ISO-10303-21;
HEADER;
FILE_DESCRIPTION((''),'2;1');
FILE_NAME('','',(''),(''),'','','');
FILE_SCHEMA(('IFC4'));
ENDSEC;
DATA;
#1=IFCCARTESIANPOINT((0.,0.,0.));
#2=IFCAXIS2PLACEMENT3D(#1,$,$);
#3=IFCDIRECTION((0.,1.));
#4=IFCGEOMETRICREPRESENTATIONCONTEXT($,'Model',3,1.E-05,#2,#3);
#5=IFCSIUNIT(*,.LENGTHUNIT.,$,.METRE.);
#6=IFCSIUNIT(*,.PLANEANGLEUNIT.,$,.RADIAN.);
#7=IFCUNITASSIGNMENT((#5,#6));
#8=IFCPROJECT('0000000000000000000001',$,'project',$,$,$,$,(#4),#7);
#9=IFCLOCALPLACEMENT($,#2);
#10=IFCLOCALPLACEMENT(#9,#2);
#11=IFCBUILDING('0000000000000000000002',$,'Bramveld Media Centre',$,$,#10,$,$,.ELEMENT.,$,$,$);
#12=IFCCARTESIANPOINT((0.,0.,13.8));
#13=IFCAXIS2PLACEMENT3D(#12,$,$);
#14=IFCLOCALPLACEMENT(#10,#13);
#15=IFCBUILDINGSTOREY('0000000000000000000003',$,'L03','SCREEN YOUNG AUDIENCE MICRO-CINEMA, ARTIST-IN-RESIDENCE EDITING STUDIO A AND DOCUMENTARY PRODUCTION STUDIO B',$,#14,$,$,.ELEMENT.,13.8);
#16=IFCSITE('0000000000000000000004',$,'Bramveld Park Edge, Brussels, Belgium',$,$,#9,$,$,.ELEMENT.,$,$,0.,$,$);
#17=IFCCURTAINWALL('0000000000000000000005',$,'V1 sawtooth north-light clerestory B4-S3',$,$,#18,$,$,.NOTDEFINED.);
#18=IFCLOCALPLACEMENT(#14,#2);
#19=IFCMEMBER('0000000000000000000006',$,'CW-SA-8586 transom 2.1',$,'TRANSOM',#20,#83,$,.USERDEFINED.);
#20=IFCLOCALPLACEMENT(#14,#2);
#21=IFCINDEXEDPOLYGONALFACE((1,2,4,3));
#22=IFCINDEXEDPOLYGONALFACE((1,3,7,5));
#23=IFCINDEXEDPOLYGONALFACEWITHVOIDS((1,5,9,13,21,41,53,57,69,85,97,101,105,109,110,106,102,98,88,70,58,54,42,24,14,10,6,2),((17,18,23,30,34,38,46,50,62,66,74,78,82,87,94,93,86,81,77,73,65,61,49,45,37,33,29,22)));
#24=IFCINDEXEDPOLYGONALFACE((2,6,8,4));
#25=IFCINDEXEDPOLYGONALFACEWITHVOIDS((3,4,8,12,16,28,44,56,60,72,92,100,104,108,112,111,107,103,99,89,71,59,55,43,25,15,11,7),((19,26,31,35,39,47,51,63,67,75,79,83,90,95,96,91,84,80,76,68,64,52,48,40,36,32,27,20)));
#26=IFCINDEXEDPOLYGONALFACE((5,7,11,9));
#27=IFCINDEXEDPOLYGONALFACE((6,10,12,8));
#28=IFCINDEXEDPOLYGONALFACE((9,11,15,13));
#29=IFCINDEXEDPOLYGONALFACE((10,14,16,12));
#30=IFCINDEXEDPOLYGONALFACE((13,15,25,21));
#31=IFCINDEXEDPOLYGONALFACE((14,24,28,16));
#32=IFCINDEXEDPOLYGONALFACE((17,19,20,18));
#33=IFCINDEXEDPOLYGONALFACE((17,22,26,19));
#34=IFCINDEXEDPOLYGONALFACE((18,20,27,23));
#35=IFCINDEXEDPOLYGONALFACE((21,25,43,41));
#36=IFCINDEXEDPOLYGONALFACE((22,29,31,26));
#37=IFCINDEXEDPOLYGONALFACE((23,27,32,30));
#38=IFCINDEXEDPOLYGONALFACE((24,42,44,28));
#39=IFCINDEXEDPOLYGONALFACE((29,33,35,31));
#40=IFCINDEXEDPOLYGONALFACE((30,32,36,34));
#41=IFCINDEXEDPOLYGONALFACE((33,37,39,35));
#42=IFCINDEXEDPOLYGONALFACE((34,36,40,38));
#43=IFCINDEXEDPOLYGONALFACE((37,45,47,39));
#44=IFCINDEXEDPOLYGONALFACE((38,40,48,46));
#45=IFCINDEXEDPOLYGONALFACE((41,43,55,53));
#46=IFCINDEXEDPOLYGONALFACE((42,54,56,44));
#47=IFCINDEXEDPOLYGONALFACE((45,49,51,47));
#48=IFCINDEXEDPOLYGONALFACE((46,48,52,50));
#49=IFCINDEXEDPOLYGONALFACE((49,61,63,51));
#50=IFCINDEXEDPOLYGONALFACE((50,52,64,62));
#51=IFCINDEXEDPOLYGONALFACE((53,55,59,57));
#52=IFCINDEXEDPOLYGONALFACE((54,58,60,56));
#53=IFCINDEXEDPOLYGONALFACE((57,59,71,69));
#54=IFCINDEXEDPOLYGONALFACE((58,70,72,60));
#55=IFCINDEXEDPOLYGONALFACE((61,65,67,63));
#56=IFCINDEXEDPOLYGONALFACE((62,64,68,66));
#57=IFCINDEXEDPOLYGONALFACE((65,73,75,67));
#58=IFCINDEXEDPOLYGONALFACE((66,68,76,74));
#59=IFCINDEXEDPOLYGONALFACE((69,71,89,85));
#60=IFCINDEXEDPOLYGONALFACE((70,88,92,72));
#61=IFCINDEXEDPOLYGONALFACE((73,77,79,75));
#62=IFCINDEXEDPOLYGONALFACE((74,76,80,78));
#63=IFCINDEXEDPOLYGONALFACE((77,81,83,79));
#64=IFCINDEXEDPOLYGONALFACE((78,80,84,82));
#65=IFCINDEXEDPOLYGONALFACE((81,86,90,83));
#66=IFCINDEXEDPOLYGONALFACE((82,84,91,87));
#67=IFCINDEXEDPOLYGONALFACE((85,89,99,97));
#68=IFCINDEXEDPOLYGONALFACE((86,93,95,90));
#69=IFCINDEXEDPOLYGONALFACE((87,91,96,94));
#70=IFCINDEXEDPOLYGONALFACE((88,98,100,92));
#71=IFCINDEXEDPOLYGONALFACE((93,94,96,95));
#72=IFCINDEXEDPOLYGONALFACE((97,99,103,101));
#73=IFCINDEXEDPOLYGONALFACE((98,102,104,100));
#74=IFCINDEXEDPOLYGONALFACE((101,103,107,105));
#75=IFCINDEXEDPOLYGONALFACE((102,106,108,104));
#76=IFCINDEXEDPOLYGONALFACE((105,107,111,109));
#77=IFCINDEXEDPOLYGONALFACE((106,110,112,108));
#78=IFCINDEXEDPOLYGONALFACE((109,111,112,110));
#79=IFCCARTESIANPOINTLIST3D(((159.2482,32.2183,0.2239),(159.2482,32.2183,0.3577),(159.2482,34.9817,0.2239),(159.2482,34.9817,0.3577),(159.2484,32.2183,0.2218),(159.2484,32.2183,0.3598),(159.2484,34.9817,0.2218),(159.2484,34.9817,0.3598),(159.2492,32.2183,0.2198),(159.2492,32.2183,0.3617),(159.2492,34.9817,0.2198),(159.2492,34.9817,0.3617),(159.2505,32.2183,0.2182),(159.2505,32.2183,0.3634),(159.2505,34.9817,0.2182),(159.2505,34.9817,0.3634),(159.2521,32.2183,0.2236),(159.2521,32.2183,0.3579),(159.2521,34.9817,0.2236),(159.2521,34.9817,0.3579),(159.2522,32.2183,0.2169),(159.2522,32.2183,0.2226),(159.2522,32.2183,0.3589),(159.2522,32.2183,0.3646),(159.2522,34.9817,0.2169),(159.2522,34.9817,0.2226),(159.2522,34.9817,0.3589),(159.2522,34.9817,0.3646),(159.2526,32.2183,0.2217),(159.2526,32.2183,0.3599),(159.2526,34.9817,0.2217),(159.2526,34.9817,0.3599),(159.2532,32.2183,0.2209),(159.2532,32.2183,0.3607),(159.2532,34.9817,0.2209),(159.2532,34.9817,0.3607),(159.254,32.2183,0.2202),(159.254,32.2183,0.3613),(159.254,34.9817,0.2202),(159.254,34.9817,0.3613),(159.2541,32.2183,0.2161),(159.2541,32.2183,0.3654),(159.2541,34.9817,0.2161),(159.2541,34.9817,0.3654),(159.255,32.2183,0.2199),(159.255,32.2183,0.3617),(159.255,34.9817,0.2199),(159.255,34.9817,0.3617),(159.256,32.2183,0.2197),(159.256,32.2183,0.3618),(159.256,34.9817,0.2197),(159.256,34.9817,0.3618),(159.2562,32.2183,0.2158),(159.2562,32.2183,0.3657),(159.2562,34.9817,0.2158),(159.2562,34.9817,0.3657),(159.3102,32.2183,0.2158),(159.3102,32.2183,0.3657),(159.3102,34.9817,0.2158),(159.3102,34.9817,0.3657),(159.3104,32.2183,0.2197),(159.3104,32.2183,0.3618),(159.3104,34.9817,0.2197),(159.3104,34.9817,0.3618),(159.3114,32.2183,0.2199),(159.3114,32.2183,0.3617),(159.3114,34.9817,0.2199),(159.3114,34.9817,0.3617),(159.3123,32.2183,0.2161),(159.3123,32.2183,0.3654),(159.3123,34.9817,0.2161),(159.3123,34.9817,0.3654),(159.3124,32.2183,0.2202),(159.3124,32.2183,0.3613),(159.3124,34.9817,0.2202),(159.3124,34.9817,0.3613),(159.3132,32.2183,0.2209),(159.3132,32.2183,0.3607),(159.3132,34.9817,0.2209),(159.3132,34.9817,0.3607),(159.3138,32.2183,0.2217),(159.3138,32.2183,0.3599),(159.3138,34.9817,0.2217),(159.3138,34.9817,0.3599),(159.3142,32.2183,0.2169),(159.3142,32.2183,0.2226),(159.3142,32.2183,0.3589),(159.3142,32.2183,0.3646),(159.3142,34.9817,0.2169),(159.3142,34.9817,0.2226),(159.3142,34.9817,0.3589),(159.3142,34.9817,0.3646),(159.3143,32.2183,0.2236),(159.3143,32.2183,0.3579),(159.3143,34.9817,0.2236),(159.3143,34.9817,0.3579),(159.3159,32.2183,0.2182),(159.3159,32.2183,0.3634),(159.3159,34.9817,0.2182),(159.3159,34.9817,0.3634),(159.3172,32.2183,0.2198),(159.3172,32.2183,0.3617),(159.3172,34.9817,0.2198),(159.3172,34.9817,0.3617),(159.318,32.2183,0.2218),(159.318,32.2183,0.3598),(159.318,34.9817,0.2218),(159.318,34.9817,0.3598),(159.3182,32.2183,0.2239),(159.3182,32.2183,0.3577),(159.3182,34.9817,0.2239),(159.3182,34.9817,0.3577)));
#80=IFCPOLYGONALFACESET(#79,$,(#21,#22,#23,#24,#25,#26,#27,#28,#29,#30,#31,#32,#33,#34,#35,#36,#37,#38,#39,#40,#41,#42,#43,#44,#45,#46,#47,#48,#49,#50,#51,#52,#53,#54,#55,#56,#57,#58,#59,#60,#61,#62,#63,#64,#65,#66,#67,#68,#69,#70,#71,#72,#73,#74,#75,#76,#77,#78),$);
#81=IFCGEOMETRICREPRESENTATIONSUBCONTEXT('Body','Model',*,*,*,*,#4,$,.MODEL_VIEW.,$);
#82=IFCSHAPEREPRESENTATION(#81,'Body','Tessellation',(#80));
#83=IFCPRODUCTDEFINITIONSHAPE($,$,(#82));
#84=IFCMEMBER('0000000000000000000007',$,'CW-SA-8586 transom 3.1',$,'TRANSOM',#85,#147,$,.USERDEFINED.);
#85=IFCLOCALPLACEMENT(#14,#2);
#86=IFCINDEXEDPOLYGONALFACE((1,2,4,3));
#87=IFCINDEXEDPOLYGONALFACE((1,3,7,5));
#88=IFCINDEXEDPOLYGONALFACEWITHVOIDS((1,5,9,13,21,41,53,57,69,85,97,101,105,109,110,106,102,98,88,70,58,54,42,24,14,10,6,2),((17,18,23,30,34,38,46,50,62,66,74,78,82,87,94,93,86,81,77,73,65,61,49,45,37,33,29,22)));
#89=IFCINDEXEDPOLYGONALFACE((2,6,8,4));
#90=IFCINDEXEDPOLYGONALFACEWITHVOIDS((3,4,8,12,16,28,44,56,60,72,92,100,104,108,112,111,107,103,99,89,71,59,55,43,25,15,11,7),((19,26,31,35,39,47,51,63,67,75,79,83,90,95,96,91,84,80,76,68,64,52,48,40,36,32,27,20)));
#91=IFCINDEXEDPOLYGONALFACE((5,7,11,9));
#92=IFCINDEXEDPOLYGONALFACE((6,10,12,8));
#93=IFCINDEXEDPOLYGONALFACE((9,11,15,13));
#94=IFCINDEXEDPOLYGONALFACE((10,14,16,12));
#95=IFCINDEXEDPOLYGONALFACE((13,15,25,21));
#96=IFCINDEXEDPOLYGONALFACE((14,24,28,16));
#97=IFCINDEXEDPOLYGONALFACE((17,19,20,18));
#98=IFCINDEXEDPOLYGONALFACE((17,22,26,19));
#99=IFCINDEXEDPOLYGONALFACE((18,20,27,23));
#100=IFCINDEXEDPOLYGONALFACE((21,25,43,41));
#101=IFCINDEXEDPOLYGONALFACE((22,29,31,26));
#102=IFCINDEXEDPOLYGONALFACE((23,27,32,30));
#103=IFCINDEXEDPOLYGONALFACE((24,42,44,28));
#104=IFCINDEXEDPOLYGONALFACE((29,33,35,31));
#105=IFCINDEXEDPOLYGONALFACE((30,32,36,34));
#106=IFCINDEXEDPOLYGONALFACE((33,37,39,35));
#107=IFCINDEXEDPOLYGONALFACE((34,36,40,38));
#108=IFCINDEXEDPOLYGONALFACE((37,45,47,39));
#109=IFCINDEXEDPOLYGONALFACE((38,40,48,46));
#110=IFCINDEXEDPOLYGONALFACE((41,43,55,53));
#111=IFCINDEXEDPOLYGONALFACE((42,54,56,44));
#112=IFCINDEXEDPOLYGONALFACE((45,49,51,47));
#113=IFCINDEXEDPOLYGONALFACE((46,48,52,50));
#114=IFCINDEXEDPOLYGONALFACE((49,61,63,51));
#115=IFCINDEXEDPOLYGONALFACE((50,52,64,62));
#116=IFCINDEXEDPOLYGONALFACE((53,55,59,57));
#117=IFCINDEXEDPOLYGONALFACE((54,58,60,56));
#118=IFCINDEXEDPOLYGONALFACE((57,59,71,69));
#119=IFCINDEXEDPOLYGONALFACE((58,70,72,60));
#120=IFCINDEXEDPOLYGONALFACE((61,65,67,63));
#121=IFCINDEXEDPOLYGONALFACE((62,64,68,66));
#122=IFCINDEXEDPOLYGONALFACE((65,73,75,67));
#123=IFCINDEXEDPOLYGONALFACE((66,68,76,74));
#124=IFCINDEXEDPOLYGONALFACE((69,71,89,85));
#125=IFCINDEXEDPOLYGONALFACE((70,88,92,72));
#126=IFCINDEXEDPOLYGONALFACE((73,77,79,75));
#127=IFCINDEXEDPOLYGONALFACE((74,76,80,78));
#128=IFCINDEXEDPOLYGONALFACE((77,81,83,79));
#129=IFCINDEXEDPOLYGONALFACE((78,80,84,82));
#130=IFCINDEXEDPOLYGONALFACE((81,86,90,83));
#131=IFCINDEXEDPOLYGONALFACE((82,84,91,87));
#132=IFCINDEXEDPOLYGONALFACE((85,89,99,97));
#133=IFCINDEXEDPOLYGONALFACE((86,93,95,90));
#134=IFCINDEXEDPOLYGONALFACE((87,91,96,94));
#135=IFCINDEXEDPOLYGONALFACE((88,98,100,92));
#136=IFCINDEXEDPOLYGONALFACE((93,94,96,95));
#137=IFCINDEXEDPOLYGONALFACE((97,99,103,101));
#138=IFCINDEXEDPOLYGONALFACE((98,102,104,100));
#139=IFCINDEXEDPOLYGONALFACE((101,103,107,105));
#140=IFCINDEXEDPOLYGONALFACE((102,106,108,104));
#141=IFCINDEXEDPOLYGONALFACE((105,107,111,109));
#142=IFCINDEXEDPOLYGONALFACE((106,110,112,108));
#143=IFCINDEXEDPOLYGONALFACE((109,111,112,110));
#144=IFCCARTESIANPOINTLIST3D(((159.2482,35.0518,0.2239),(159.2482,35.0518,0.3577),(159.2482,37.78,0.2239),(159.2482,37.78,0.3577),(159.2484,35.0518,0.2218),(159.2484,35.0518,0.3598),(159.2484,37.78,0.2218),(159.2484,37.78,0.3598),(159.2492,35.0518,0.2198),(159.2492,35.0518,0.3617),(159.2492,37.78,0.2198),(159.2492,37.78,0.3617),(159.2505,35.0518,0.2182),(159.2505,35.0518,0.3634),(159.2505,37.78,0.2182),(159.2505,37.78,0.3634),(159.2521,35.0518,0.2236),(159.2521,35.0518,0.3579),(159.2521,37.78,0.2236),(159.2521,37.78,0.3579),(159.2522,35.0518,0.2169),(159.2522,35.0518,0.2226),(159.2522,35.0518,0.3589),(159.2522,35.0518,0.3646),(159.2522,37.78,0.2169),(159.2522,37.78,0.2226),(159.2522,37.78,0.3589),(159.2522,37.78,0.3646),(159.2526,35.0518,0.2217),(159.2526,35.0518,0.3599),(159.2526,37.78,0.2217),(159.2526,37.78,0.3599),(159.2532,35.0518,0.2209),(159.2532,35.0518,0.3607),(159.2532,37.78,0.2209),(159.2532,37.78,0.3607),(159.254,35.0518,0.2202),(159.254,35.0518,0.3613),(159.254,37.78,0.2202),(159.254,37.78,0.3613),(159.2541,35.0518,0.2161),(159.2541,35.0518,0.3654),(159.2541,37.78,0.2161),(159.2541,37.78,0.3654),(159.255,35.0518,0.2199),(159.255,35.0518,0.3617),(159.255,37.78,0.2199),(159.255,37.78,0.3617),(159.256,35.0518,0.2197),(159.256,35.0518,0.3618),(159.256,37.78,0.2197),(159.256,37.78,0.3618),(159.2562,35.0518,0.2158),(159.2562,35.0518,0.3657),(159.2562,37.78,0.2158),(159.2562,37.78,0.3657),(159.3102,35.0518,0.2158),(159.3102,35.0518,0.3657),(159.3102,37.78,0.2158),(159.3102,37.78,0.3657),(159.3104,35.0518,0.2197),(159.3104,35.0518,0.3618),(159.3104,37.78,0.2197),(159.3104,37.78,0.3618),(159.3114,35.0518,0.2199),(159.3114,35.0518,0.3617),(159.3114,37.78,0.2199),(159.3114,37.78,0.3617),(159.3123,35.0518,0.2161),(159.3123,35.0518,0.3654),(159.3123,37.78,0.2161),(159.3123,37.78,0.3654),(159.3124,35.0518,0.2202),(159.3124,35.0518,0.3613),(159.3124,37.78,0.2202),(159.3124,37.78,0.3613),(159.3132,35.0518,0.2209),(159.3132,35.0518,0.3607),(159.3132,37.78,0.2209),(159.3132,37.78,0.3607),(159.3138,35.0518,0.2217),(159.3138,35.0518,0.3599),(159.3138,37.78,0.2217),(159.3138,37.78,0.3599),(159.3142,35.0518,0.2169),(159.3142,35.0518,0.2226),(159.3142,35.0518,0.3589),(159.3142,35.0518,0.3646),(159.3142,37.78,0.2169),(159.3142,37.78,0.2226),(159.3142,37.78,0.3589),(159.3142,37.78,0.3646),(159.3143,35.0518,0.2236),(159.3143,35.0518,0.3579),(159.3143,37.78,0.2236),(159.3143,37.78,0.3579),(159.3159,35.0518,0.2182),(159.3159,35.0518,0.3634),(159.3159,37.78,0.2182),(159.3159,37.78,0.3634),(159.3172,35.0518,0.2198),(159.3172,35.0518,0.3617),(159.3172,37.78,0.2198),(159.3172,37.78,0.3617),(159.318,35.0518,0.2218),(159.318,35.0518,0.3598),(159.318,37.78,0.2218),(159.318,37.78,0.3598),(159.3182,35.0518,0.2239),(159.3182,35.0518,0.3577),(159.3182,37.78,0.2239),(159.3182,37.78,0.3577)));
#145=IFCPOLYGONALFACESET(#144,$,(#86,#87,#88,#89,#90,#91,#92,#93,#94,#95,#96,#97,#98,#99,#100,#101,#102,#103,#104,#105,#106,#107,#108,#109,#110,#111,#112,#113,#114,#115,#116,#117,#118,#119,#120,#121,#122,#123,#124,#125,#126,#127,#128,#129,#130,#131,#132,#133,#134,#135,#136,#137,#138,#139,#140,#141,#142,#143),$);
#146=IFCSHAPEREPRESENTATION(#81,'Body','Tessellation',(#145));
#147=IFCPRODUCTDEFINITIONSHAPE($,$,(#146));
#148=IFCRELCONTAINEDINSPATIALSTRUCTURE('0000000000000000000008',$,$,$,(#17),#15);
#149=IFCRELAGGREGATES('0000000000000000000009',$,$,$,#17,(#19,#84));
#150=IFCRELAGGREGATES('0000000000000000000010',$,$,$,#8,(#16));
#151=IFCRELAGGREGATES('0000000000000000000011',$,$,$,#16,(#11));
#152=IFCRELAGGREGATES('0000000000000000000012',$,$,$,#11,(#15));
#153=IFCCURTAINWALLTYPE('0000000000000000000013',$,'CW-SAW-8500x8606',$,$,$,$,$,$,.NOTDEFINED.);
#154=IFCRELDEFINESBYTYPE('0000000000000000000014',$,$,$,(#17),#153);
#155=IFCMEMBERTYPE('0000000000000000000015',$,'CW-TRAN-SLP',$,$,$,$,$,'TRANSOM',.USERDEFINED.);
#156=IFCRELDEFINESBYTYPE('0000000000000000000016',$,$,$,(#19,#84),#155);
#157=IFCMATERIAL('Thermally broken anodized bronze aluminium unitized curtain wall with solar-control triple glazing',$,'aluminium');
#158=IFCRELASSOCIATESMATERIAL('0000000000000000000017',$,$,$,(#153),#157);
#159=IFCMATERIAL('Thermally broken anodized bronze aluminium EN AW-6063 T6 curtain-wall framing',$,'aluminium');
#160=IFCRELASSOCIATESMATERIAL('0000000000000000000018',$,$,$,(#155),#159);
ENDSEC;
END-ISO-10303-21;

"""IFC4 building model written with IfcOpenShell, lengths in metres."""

from ifc_helpers import new_model, si_unit, direction, frame, origin, origin_2d, place, context, subcontext, project, spatial, hollow_rectangle, extrude, material, material_profile, profile_set, type_object, element, aggregate, save


model = new_model("IFC4")

# Units and contexts
model_context = context("Model", 3, precision=1e-05, world=origin(), true_north=direction((0.0, 1.0)))
body_context = subcontext(model_context, "Body", "Model", "MODEL_VIEW")
ifc_project = project(units=[si_unit("LENGTHUNIT", "METRE"), si_unit("PLANEANGLEUNIT", "RADIAN")], contexts=[model_context])

# Site, building, storey
site_placement = place(None, origin())
site = spatial("IfcSite", under=ifc_project, at=site_placement, Name="Bramveld Park Edge, Brussels, Belgium", CompositionType="ELEMENT", RefElevation=0.0)
building_placement = place(site_placement, origin())
building = spatial("IfcBuilding", under=site, at=building_placement, Name="Bramveld Media Centre", CompositionType="ELEMENT")
storey_placement = place(building_placement, frame((0.0, 0.0, 13.8)))
storey = spatial("IfcBuildingStorey", under=building, at=storey_placement, Name="L03", Description="SCREEN YOUNG AUDIENCE MICRO-CINEMA, ARTIST-IN-RESIDENCE EDITING STUDIO A AND DOCUMENTARY PRODUCTION STUDIO B", CompositionType="ELEMENT", Elevation=13.8)

# Curtain wall, members
ifc_material_1 = material(Name="Thermally broken anodized bronze aluminium unitized curtain wall with solar-control triple glazing", Category="aluminium")
curtain_wall_type = type_object("IfcCurtainWallType", Name="CW-SAW-8500x8606", PredefinedType="NOTDEFINED", material=ifc_material_1)
curtain_wall_1_placement = place(storey_placement, origin())
curtain_wall_1 = element("IfcCurtainWall", 1, at=curtain_wall_1_placement, inside=storey, type_object=curtain_wall_type, Name="V1 sawtooth north-light clerestory B4-S3", PredefinedType="NOTDEFINED")
ifc_material_2 = material(Name="Thermally broken anodized bronze aluminium EN AW-6063 T6 curtain-wall framing", Category="aluminium")
ifc_material_profile_1 = material_profile(ifc_material_2, hollow_rectangle(XDim=0.0701, YDim=0.1499, WallThickness=0.0039, InnerFilletRadius=0.0039, OuterFilletRadius=0.0081, at=origin_2d()), Name="AL-TRAN 70x150")
ifc_profile_set_1 = profile_set([ifc_material_profile_1], Name="Thermally broken anodized bronze aluminium EN AW-6063 T6 curtain-wall framing")
member_type_1 = type_object("IfcMemberType", Name="CW-TRAN-SLP", ElementType="TRANSOM", PredefinedType="USERDEFINED", material=ifc_profile_set_1)
member_1_placement = place(storey_placement, frame((159.2832, 32.2183, 0.2908), z_axis=(0.0, 1.0, 0.0), x_axis=(-1.0, 0.0, 0.0)))
member_1 = element("IfcMember", 2, at=member_1_placement, type_object=member_type_1, Name="CW-SA-8586 transom 2.1", ObjectType="TRANSOM", PredefinedType="USERDEFINED", context=body_context, shape_type="SweptSolid", body=[
    extrude(hollow_rectangle(XDim=0.0701, YDim=0.1499, WallThickness=0.0039, InnerFilletRadius=0.0039, OuterFilletRadius=0.0081, at=origin_2d()), origin(), (0.0, 0.0, 1.0), 2.7634),
])
member_2_placement = place(storey_placement, frame((159.2832, 35.0518, 0.2908), z_axis=(0.0, 1.0, 0.0), x_axis=(-1.0, 0.0, 0.0)))
member_2 = element("IfcMember", 3, at=member_2_placement, type_object=member_type_1, Name="CW-SA-8586 transom 3.1", ObjectType="TRANSOM", PredefinedType="USERDEFINED", context=body_context, shape_type="SweptSolid", body=[
    extrude(hollow_rectangle(XDim=0.0701, YDim=0.1499, WallThickness=0.0039, InnerFilletRadius=0.0039, OuterFilletRadius=0.0081, at=origin_2d()), origin(), (0.0, 0.0, 1.0), 2.7283),
])

aggregate(curtain_wall_1, [member_1, member_2])

save(model, "model.ifc")
